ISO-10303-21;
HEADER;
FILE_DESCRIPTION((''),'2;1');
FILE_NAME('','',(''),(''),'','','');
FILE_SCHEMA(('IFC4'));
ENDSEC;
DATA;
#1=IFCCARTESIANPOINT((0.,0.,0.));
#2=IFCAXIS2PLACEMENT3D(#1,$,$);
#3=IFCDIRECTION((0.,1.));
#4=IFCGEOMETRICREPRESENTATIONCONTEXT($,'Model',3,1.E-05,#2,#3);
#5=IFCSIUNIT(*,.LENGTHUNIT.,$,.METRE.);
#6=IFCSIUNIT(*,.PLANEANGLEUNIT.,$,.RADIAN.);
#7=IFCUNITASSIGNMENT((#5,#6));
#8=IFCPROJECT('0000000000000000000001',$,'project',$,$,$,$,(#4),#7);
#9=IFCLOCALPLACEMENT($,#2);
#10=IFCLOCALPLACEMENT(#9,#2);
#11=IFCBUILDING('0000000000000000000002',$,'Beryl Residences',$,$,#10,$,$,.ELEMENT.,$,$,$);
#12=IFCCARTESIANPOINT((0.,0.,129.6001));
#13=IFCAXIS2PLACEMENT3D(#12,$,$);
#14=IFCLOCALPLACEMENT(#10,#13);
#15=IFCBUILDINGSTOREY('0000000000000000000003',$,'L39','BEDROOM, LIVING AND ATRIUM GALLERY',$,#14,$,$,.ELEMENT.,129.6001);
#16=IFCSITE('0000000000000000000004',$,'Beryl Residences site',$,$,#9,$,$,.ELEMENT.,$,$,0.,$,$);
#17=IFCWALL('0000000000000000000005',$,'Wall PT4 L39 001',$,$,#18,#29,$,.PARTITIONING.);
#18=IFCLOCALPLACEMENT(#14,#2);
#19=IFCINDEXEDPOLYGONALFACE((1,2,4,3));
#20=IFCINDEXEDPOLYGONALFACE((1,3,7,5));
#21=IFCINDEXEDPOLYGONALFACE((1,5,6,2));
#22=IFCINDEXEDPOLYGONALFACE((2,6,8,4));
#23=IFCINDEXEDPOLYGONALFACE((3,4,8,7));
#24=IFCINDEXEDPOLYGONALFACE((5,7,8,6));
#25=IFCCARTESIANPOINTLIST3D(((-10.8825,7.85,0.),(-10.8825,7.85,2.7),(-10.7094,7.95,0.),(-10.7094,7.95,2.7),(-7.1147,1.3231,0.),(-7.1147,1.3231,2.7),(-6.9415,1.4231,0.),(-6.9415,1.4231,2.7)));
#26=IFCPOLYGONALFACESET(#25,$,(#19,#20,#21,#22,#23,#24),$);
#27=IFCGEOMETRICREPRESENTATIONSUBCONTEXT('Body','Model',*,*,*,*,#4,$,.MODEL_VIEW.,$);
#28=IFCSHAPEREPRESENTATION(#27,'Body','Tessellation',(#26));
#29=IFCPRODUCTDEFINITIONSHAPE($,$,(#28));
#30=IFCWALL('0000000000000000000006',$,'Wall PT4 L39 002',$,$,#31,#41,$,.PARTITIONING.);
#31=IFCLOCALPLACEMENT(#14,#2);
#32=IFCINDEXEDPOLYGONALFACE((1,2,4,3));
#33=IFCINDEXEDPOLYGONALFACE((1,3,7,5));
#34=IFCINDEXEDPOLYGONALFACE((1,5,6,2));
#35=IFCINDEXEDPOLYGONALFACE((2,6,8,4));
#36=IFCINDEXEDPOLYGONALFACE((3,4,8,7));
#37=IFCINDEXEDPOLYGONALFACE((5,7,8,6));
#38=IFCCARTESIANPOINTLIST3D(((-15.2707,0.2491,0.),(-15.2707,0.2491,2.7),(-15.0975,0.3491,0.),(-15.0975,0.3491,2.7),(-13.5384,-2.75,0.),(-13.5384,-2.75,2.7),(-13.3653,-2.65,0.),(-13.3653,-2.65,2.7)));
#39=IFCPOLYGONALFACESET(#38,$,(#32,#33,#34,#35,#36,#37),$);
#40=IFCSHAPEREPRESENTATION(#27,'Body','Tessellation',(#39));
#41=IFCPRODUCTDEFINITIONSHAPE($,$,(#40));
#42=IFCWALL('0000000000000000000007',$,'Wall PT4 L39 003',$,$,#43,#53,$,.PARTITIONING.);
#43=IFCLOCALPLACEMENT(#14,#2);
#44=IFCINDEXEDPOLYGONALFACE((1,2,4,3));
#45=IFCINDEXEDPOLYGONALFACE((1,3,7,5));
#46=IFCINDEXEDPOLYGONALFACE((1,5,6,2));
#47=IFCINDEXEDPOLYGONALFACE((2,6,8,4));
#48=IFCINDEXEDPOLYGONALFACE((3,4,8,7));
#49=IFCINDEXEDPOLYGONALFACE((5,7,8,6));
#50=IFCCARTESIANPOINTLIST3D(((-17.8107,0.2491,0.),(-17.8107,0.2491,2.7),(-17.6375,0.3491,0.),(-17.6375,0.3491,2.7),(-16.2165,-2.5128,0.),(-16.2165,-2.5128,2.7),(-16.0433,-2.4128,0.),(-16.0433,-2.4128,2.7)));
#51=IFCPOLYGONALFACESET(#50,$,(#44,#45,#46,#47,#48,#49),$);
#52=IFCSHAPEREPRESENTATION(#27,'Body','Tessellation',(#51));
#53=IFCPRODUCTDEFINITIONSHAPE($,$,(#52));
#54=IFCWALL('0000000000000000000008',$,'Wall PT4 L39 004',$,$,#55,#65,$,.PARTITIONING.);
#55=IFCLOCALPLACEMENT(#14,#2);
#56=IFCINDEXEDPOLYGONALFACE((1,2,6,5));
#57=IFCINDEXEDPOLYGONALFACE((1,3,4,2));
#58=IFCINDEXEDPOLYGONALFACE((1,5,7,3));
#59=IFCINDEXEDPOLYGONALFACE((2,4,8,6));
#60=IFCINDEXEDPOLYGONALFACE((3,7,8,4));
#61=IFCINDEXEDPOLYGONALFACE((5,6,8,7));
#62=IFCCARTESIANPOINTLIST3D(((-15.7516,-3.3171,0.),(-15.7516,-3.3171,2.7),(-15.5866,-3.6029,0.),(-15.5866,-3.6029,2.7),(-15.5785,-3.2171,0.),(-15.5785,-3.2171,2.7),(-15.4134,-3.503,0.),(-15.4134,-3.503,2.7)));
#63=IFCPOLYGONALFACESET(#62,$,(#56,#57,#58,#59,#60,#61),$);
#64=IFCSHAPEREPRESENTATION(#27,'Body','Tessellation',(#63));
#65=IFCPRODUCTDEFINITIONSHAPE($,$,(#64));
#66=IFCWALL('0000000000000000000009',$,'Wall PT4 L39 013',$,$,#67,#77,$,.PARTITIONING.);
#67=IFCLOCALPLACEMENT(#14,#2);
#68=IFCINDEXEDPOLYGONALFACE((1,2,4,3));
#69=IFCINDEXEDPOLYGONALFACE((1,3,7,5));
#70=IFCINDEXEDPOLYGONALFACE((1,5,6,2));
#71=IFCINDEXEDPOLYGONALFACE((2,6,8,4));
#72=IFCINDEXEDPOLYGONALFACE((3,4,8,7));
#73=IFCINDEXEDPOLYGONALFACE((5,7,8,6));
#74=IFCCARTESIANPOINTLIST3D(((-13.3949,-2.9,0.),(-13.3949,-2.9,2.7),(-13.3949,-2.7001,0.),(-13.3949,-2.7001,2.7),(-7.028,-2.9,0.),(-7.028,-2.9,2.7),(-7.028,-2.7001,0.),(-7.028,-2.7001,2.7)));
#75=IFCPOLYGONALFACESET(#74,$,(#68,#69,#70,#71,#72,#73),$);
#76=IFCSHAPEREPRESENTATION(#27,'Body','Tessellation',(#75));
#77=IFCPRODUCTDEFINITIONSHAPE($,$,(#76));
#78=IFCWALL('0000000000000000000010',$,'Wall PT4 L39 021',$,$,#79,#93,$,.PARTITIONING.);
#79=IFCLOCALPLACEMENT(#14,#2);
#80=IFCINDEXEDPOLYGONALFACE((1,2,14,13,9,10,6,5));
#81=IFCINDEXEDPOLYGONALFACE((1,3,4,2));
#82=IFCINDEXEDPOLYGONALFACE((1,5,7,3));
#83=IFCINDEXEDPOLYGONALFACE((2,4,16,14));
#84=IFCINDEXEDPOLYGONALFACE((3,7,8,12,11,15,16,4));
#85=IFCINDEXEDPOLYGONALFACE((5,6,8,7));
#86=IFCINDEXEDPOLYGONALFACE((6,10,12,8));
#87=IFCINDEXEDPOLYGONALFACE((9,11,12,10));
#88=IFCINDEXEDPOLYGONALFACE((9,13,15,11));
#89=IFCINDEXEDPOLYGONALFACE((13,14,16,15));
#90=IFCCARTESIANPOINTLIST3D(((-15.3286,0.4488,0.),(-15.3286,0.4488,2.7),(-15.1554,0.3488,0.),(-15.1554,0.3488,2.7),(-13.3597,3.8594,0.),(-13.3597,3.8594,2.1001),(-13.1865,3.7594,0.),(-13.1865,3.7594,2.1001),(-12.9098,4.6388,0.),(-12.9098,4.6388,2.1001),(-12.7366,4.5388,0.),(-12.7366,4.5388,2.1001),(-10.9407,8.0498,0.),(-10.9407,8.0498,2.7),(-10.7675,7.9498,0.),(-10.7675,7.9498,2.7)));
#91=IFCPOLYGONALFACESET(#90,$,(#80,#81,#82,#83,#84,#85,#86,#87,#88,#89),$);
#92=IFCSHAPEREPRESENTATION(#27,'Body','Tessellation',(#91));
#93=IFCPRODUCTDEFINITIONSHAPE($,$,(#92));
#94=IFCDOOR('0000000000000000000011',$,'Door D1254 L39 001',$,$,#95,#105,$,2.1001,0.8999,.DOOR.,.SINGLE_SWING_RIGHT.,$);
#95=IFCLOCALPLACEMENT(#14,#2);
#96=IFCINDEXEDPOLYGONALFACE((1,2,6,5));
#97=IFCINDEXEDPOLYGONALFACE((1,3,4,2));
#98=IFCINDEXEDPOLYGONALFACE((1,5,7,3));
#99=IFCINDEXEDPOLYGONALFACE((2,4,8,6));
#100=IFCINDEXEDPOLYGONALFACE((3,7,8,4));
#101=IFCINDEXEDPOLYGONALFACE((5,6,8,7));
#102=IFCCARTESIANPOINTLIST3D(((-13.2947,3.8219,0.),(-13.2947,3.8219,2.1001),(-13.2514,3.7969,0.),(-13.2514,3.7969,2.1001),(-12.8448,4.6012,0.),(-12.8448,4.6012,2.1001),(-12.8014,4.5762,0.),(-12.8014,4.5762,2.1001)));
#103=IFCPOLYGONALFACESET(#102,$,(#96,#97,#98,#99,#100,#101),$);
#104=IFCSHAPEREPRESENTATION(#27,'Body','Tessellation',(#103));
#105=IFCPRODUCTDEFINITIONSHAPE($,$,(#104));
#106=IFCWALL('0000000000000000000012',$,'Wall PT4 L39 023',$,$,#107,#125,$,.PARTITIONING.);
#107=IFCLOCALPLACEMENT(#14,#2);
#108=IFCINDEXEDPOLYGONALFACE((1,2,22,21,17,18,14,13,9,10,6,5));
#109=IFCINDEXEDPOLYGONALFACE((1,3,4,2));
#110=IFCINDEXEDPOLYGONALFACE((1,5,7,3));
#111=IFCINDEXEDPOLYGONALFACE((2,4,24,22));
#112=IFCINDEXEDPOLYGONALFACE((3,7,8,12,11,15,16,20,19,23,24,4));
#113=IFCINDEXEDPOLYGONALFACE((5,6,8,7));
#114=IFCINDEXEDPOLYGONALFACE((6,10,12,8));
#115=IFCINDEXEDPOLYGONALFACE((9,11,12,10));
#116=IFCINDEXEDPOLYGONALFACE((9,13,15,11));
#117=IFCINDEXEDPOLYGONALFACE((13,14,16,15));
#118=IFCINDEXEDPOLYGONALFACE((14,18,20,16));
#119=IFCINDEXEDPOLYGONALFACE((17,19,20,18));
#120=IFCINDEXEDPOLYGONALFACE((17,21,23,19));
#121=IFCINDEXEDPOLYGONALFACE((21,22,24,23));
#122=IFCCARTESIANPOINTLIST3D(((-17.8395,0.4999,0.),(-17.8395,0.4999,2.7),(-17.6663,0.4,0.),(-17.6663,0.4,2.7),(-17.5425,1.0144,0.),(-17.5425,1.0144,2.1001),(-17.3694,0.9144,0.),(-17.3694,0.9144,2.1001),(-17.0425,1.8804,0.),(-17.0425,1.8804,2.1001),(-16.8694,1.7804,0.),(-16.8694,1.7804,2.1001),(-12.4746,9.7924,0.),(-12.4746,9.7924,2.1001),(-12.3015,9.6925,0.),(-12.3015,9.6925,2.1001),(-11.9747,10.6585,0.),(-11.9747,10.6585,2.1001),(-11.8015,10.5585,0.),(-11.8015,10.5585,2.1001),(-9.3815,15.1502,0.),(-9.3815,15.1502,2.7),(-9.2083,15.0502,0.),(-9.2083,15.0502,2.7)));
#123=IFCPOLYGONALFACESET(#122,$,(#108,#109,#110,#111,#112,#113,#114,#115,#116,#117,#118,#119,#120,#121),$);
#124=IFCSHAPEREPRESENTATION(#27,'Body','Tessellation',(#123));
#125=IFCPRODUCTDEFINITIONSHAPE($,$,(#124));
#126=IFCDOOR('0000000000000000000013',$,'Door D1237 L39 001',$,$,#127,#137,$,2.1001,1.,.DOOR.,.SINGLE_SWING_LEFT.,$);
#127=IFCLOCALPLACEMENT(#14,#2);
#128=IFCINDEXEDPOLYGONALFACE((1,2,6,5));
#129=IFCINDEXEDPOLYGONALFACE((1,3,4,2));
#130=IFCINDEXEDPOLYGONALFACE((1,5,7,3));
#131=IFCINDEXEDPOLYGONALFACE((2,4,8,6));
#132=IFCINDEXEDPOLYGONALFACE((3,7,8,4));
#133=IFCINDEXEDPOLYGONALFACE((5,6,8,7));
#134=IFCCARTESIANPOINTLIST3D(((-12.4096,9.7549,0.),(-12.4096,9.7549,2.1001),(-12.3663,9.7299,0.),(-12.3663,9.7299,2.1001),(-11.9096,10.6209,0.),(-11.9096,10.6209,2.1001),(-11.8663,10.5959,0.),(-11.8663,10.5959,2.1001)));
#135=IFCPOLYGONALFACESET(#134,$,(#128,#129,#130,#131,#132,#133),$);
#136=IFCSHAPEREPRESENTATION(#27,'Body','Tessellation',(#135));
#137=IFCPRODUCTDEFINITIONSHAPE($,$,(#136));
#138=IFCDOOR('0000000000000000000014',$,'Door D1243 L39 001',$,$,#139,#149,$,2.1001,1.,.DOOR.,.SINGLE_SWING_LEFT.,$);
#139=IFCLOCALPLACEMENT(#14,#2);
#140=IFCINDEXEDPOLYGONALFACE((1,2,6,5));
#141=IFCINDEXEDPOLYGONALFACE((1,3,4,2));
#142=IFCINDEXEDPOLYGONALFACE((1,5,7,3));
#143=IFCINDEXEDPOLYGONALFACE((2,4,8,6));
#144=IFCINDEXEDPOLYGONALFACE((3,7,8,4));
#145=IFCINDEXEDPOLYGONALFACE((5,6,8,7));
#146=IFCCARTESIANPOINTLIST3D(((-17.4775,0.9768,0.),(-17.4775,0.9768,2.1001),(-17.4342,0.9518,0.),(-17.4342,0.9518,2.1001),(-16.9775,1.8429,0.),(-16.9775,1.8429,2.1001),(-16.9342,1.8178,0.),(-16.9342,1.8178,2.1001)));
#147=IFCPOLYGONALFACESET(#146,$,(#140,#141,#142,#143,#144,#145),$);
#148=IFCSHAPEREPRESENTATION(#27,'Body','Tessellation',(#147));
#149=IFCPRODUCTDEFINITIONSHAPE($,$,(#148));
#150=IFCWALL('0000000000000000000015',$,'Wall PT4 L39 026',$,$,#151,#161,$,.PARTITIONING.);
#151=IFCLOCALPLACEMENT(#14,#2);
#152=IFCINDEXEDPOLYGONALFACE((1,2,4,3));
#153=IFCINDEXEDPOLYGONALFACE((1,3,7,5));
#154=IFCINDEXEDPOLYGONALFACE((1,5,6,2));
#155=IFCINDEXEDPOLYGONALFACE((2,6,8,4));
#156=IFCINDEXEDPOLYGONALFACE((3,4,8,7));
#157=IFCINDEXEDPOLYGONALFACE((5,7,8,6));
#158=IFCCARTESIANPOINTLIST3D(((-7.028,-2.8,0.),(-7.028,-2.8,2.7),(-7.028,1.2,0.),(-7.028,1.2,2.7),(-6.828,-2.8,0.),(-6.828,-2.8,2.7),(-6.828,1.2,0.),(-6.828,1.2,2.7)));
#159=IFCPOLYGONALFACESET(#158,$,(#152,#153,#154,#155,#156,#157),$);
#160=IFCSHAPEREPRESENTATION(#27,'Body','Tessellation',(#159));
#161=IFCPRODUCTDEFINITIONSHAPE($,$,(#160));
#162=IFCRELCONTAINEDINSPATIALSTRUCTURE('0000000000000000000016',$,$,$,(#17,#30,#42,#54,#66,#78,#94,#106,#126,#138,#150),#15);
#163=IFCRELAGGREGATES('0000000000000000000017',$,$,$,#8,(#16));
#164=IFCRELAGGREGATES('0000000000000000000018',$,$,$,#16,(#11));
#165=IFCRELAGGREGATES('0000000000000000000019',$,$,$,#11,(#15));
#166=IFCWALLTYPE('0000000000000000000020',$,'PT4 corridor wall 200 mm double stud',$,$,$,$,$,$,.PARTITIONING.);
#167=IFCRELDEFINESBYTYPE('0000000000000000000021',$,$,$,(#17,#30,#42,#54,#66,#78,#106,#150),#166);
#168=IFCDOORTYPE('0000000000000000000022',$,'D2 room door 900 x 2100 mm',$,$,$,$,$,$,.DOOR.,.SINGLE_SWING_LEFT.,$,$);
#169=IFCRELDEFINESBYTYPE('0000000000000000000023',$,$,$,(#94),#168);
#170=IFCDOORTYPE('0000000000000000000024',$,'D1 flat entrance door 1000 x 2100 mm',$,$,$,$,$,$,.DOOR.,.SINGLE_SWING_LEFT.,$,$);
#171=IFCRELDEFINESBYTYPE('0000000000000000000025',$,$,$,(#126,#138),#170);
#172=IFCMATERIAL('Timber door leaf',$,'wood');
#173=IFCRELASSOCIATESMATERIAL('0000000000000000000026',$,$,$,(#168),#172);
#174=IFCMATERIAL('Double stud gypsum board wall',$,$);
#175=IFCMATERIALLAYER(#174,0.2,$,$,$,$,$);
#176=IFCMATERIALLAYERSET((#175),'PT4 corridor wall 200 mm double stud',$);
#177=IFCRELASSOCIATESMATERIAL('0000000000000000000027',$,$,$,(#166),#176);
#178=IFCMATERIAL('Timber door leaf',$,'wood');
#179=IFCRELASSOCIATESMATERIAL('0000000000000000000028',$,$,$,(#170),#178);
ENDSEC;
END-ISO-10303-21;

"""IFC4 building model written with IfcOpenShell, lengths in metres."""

from ifc_helpers import new_model, si_unit, direction, frame, frame_2d, origin, place, context, subcontext, project, spatial, rectangle, extrude, material, layer, layer_set, type_object, element, fill, save


model = new_model("IFC4")

# Units and contexts
model_context = context("Model", 3, precision=1e-05, world=origin(), true_north=direction((0.0, 1.0)))
body_context = subcontext(model_context, "Body", "Model", "MODEL_VIEW")
ifc_project = project(units=[si_unit("LENGTHUNIT", "METRE"), si_unit("PLANEANGLEUNIT", "RADIAN")], contexts=[model_context])

# Site, building, storey
site_placement = place(None, origin())
site = spatial("IfcSite", under=ifc_project, at=site_placement, Name="Beryl Residences site", CompositionType="ELEMENT", RefElevation=0.0)
building_placement = place(site_placement, origin())
building = spatial("IfcBuilding", under=site, at=building_placement, Name="Beryl Residences", CompositionType="ELEMENT")
storey_placement = place(building_placement, frame((0.0, 0.0, 129.6001)))
storey = spatial("IfcBuildingStorey", under=building, at=storey_placement, Name="L39", Description="BEDROOM, LIVING AND ATRIUM GALLERY", CompositionType="ELEMENT", Elevation=129.6001)

# Shared definitions
ifc_material_1 = material(Name="Timber door leaf", Category="wood")
door_type_1 = type_object("IfcDoorType", Name="D2 room door 900 x 2100 mm", OperationType="SINGLE_SWING_LEFT", PredefinedType="DOOR", material=ifc_material_1)

# Walls
ifc_material_2 = material(Name="Double stud gypsum board wall")
ifc_layer_1 = layer(ifc_material_2, 0.2)
ifc_layer_set_1 = layer_set([ifc_layer_1], Name="PT4 corridor wall 200 mm double stud")
wall_type_1 = type_object("IfcWallType", Name="PT4 corridor wall 200 mm double stud", PredefinedType="PARTITIONING", material=ifc_layer_set_1)
wall_1_placement = place(storey_placement, frame((-10.7959, 7.8999, 0.0), z_axis=(0.0, 0.0, 1.0), x_axis=(0.499954, -0.866052, 0.0)))
element("IfcWall", 1, at=wall_1_placement, inside=storey, type_object=wall_type_1, Name="Wall PT4 L39 001", PredefinedType="PARTITIONING", context=body_context, shape_type="SweptSolid", body=[
    extrude(rectangle(XDim=7.5364, YDim=0.2, at=frame_2d((3.7681, 0.0))), origin(), (0.0, 0.0, 1.0), 2.7),
])
wall_2_placement = place(storey_placement, frame((-15.1841, 0.2991, 0.0), z_axis=(0.0, 0.0, 1.0), x_axis=(0.50015, -0.865939, 0.0)))
element("IfcWall", 2, at=wall_2_placement, inside=storey, type_object=wall_type_1, Name="Wall PT4 L39 002", PredefinedType="PARTITIONING", context=body_context, shape_type="SweptSolid", body=[
    extrude(rectangle(XDim=3.4634, YDim=0.2, at=frame_2d((1.7317, 0.0))), origin(), (0.0, 0.0, 1.0), 2.7),
])
wall_3_placement = place(storey_placement, frame((-17.7241, 0.2991, 0.0), z_axis=(0.0, 0.0, 1.0), x_axis=(0.49991, -0.866077, 0.0)))
element("IfcWall", 3, at=wall_3_placement, inside=storey, type_object=wall_type_1, Name="Wall PT4 L39 003", PredefinedType="PARTITIONING", context=body_context, shape_type="SweptSolid", body=[
    extrude(rectangle(XDim=3.189, YDim=0.2, at=frame_2d((1.5945, 0.0))), origin(), (0.0, 0.0, 1.0), 2.7),
])
wall_4_placement = place(storey_placement, frame((-15.665, -3.2671, 0.0), z_axis=(0.0, 0.0, 1.0), x_axis=(0.499957, -0.86605, 0.0)))
element("IfcWall", 4, at=wall_4_placement, inside=storey, type_object=wall_type_1, Name="Wall PT4 L39 004", PredefinedType="PARTITIONING", context=body_context, shape_type="SweptSolid", body=[
    extrude(rectangle(XDim=0.3301, YDim=0.2, at=frame_2d((0.165, 0.0))), origin(), (0.0, 0.0, 1.0), 2.7),
])
wall_5_placement = place(storey_placement, frame((-13.395, -2.8, 0.0), z_axis=(0.0, 0.0, 1.0), x_axis=(1.0, 0.0, 0.0)))
element("IfcWall", 5, at=wall_5_placement, inside=storey, type_object=wall_type_1, Name="Wall PT4 L39 013", PredefinedType="PARTITIONING", context=body_context, shape_type="SweptSolid", body=[
    extrude(rectangle(XDim=6.3669, YDim=0.2, at=frame_2d((3.1836, 0.0))), origin(), (0.0, 0.0, 1.0), 2.7),
])

# Wall, opening, door
wall_6_placement = place(storey_placement, frame((-15.2419, 0.3989, 0.0), z_axis=(0.0, 0.0, 1.0), x_axis=(0.499954, 0.866052, 0.0)))
wall_6 = element("IfcWall", 6, at=wall_6_placement, inside=storey, type_object=wall_type_1, Name="Wall PT4 L39 021", PredefinedType="PARTITIONING", context=body_context, shape_type="SweptSolid", body=[
    extrude(rectangle(XDim=8.7766, YDim=0.2, at=frame_2d((4.3882, 0.0))), origin(), (0.0, 0.0, 1.0), 2.7),
])
opening_1_placement = place(wall_6_placement, frame((3.938, 0.0, 0.0)))
opening_1 = element("IfcOpeningElement", 7, at=opening_1_placement, cuts=wall_6, PredefinedType="OPENING", context=body_context, shape_type="SweptSolid", body=[
    extrude(rectangle(XDim=0.8999, YDim=2.1001, at=frame_2d((0.45, 1.05))), frame((0.0, 0.1099, 0.0), z_axis=(0.0, -1.0, 0.0), x_axis=(1.0, 0.0, 0.0)), (0.0, 0.0, 1.0), 0.22),
])
door_1_placement = place(opening_1_placement, origin())
door_1 = element("IfcDoor", 8, at=door_1_placement, inside=storey, type_object=door_type_1, Name="Door D1254 L39 001", OperationType="SINGLE_SWING_RIGHT", OverallHeight=2.1001, OverallWidth=0.8999, PredefinedType="DOOR", context=body_context, shape_type="SweptSolid", body=[
    extrude(rectangle(XDim=0.8999, YDim=2.1001, at=frame_2d((0.45, 1.05))), frame((0.0, 0.0249, 0.0), z_axis=(0.0, -1.0, 0.0), x_axis=(1.0, 0.0, 0.0)), (0.0, 0.0, 1.0), 0.05),
])
fill(opening_1, door_1)

# Wall, openings, doors
wall_7_placement = place(storey_placement, frame((-17.7529, 0.45, 0.0), z_axis=(0.0, 0.0, 1.0), x_axis=(0.499989, 0.866032, 0.0)))
wall_7 = element("IfcWall", 9, at=wall_7_placement, inside=storey, type_object=wall_type_1, Name="Wall PT4 L39 023", PredefinedType="PARTITIONING", context=body_context, shape_type="SweptSolid", body=[
    extrude(rectangle(XDim=16.9165, YDim=0.2, at=frame_2d((8.4583, 0.0))), origin(), (0.0, 0.0, 1.0), 2.7),
])
opening_2_placement = place(wall_7_placement, frame((10.73, 0.0, 0.0)))
opening_2 = element("IfcOpeningElement", 10, at=opening_2_placement, cuts=wall_7, PredefinedType="OPENING", context=body_context, shape_type="SweptSolid", body=[
    extrude(rectangle(XDim=1.0, YDim=2.1001, at=frame_2d((0.5, 1.05))), frame((0.0, 0.1099, 0.0), z_axis=(0.0, -1.0, 0.0), x_axis=(1.0, 0.0, 0.0)), (0.0, 0.0, 1.0), 0.22),
])
opening_3_placement = place(wall_7_placement, frame((0.594, 0.0, 0.0)))
opening_3 = element("IfcOpeningElement", 11, at=opening_3_placement, cuts=wall_7, PredefinedType="OPENING", context=body_context, shape_type="SweptSolid", body=[
    extrude(rectangle(XDim=1.0, YDim=2.1001, at=frame_2d((0.5, 1.05))), frame((0.0, 0.1099, 0.0), z_axis=(0.0, -1.0, 0.0), x_axis=(1.0, 0.0, 0.0)), (0.0, 0.0, 1.0), 0.22),
])
ifc_material_3 = material(Name="Timber door leaf", Category="wood")
door_type_2 = type_object("IfcDoorType", Name="D1 flat entrance door 1000 x 2100 mm", OperationType="SINGLE_SWING_LEFT", PredefinedType="DOOR", material=ifc_material_3)
door_2_placement = place(opening_2_placement, origin())
door_2 = element("IfcDoor", 12, at=door_2_placement, inside=storey, type_object=door_type_2, Name="Door D1237 L39 001", OperationType="SINGLE_SWING_LEFT", OverallHeight=2.1001, OverallWidth=1.0, PredefinedType="DOOR", context=body_context, shape_type="SweptSolid", body=[
    extrude(rectangle(XDim=1.0, YDim=2.1001, at=frame_2d((0.5, 1.05))), frame((0.0, 0.0249, 0.0), z_axis=(0.0, -1.0, 0.0), x_axis=(1.0, 0.0, 0.0)), (0.0, 0.0, 1.0), 0.05),
])
fill(opening_2, door_2)
door_3_placement = place(opening_3_placement, origin())
door_3 = element("IfcDoor", 13, at=door_3_placement, inside=storey, type_object=door_type_2, Name="Door D1243 L39 001", OperationType="SINGLE_SWING_LEFT", OverallHeight=2.1001, OverallWidth=1.0, PredefinedType="DOOR", context=body_context, shape_type="SweptSolid", body=[
    extrude(rectangle(XDim=1.0, YDim=2.1001, at=frame_2d((0.5, 1.05))), frame((0.0, 0.0249, 0.0), z_axis=(0.0, -1.0, 0.0), x_axis=(1.0, 0.0, 0.0)), (0.0, 0.0, 1.0), 0.05),
])
fill(opening_3, door_3)

# Wall
wall_8_placement = place(storey_placement, frame((-6.928, -2.8, 0.0), z_axis=(0.0, 0.0, 1.0), x_axis=(0.0, 1.0, 0.0)))
element("IfcWall", 14, at=wall_8_placement, inside=storey, type_object=wall_type_1, Name="Wall PT4 L39 026", PredefinedType="PARTITIONING", context=body_context, shape_type="SweptSolid", body=[
    extrude(rectangle(XDim=4.0, YDim=0.2, at=frame_2d((2.0, 0.0))), origin(), (0.0, 0.0, 1.0), 2.7),
])

save(model, "model.ifc")
